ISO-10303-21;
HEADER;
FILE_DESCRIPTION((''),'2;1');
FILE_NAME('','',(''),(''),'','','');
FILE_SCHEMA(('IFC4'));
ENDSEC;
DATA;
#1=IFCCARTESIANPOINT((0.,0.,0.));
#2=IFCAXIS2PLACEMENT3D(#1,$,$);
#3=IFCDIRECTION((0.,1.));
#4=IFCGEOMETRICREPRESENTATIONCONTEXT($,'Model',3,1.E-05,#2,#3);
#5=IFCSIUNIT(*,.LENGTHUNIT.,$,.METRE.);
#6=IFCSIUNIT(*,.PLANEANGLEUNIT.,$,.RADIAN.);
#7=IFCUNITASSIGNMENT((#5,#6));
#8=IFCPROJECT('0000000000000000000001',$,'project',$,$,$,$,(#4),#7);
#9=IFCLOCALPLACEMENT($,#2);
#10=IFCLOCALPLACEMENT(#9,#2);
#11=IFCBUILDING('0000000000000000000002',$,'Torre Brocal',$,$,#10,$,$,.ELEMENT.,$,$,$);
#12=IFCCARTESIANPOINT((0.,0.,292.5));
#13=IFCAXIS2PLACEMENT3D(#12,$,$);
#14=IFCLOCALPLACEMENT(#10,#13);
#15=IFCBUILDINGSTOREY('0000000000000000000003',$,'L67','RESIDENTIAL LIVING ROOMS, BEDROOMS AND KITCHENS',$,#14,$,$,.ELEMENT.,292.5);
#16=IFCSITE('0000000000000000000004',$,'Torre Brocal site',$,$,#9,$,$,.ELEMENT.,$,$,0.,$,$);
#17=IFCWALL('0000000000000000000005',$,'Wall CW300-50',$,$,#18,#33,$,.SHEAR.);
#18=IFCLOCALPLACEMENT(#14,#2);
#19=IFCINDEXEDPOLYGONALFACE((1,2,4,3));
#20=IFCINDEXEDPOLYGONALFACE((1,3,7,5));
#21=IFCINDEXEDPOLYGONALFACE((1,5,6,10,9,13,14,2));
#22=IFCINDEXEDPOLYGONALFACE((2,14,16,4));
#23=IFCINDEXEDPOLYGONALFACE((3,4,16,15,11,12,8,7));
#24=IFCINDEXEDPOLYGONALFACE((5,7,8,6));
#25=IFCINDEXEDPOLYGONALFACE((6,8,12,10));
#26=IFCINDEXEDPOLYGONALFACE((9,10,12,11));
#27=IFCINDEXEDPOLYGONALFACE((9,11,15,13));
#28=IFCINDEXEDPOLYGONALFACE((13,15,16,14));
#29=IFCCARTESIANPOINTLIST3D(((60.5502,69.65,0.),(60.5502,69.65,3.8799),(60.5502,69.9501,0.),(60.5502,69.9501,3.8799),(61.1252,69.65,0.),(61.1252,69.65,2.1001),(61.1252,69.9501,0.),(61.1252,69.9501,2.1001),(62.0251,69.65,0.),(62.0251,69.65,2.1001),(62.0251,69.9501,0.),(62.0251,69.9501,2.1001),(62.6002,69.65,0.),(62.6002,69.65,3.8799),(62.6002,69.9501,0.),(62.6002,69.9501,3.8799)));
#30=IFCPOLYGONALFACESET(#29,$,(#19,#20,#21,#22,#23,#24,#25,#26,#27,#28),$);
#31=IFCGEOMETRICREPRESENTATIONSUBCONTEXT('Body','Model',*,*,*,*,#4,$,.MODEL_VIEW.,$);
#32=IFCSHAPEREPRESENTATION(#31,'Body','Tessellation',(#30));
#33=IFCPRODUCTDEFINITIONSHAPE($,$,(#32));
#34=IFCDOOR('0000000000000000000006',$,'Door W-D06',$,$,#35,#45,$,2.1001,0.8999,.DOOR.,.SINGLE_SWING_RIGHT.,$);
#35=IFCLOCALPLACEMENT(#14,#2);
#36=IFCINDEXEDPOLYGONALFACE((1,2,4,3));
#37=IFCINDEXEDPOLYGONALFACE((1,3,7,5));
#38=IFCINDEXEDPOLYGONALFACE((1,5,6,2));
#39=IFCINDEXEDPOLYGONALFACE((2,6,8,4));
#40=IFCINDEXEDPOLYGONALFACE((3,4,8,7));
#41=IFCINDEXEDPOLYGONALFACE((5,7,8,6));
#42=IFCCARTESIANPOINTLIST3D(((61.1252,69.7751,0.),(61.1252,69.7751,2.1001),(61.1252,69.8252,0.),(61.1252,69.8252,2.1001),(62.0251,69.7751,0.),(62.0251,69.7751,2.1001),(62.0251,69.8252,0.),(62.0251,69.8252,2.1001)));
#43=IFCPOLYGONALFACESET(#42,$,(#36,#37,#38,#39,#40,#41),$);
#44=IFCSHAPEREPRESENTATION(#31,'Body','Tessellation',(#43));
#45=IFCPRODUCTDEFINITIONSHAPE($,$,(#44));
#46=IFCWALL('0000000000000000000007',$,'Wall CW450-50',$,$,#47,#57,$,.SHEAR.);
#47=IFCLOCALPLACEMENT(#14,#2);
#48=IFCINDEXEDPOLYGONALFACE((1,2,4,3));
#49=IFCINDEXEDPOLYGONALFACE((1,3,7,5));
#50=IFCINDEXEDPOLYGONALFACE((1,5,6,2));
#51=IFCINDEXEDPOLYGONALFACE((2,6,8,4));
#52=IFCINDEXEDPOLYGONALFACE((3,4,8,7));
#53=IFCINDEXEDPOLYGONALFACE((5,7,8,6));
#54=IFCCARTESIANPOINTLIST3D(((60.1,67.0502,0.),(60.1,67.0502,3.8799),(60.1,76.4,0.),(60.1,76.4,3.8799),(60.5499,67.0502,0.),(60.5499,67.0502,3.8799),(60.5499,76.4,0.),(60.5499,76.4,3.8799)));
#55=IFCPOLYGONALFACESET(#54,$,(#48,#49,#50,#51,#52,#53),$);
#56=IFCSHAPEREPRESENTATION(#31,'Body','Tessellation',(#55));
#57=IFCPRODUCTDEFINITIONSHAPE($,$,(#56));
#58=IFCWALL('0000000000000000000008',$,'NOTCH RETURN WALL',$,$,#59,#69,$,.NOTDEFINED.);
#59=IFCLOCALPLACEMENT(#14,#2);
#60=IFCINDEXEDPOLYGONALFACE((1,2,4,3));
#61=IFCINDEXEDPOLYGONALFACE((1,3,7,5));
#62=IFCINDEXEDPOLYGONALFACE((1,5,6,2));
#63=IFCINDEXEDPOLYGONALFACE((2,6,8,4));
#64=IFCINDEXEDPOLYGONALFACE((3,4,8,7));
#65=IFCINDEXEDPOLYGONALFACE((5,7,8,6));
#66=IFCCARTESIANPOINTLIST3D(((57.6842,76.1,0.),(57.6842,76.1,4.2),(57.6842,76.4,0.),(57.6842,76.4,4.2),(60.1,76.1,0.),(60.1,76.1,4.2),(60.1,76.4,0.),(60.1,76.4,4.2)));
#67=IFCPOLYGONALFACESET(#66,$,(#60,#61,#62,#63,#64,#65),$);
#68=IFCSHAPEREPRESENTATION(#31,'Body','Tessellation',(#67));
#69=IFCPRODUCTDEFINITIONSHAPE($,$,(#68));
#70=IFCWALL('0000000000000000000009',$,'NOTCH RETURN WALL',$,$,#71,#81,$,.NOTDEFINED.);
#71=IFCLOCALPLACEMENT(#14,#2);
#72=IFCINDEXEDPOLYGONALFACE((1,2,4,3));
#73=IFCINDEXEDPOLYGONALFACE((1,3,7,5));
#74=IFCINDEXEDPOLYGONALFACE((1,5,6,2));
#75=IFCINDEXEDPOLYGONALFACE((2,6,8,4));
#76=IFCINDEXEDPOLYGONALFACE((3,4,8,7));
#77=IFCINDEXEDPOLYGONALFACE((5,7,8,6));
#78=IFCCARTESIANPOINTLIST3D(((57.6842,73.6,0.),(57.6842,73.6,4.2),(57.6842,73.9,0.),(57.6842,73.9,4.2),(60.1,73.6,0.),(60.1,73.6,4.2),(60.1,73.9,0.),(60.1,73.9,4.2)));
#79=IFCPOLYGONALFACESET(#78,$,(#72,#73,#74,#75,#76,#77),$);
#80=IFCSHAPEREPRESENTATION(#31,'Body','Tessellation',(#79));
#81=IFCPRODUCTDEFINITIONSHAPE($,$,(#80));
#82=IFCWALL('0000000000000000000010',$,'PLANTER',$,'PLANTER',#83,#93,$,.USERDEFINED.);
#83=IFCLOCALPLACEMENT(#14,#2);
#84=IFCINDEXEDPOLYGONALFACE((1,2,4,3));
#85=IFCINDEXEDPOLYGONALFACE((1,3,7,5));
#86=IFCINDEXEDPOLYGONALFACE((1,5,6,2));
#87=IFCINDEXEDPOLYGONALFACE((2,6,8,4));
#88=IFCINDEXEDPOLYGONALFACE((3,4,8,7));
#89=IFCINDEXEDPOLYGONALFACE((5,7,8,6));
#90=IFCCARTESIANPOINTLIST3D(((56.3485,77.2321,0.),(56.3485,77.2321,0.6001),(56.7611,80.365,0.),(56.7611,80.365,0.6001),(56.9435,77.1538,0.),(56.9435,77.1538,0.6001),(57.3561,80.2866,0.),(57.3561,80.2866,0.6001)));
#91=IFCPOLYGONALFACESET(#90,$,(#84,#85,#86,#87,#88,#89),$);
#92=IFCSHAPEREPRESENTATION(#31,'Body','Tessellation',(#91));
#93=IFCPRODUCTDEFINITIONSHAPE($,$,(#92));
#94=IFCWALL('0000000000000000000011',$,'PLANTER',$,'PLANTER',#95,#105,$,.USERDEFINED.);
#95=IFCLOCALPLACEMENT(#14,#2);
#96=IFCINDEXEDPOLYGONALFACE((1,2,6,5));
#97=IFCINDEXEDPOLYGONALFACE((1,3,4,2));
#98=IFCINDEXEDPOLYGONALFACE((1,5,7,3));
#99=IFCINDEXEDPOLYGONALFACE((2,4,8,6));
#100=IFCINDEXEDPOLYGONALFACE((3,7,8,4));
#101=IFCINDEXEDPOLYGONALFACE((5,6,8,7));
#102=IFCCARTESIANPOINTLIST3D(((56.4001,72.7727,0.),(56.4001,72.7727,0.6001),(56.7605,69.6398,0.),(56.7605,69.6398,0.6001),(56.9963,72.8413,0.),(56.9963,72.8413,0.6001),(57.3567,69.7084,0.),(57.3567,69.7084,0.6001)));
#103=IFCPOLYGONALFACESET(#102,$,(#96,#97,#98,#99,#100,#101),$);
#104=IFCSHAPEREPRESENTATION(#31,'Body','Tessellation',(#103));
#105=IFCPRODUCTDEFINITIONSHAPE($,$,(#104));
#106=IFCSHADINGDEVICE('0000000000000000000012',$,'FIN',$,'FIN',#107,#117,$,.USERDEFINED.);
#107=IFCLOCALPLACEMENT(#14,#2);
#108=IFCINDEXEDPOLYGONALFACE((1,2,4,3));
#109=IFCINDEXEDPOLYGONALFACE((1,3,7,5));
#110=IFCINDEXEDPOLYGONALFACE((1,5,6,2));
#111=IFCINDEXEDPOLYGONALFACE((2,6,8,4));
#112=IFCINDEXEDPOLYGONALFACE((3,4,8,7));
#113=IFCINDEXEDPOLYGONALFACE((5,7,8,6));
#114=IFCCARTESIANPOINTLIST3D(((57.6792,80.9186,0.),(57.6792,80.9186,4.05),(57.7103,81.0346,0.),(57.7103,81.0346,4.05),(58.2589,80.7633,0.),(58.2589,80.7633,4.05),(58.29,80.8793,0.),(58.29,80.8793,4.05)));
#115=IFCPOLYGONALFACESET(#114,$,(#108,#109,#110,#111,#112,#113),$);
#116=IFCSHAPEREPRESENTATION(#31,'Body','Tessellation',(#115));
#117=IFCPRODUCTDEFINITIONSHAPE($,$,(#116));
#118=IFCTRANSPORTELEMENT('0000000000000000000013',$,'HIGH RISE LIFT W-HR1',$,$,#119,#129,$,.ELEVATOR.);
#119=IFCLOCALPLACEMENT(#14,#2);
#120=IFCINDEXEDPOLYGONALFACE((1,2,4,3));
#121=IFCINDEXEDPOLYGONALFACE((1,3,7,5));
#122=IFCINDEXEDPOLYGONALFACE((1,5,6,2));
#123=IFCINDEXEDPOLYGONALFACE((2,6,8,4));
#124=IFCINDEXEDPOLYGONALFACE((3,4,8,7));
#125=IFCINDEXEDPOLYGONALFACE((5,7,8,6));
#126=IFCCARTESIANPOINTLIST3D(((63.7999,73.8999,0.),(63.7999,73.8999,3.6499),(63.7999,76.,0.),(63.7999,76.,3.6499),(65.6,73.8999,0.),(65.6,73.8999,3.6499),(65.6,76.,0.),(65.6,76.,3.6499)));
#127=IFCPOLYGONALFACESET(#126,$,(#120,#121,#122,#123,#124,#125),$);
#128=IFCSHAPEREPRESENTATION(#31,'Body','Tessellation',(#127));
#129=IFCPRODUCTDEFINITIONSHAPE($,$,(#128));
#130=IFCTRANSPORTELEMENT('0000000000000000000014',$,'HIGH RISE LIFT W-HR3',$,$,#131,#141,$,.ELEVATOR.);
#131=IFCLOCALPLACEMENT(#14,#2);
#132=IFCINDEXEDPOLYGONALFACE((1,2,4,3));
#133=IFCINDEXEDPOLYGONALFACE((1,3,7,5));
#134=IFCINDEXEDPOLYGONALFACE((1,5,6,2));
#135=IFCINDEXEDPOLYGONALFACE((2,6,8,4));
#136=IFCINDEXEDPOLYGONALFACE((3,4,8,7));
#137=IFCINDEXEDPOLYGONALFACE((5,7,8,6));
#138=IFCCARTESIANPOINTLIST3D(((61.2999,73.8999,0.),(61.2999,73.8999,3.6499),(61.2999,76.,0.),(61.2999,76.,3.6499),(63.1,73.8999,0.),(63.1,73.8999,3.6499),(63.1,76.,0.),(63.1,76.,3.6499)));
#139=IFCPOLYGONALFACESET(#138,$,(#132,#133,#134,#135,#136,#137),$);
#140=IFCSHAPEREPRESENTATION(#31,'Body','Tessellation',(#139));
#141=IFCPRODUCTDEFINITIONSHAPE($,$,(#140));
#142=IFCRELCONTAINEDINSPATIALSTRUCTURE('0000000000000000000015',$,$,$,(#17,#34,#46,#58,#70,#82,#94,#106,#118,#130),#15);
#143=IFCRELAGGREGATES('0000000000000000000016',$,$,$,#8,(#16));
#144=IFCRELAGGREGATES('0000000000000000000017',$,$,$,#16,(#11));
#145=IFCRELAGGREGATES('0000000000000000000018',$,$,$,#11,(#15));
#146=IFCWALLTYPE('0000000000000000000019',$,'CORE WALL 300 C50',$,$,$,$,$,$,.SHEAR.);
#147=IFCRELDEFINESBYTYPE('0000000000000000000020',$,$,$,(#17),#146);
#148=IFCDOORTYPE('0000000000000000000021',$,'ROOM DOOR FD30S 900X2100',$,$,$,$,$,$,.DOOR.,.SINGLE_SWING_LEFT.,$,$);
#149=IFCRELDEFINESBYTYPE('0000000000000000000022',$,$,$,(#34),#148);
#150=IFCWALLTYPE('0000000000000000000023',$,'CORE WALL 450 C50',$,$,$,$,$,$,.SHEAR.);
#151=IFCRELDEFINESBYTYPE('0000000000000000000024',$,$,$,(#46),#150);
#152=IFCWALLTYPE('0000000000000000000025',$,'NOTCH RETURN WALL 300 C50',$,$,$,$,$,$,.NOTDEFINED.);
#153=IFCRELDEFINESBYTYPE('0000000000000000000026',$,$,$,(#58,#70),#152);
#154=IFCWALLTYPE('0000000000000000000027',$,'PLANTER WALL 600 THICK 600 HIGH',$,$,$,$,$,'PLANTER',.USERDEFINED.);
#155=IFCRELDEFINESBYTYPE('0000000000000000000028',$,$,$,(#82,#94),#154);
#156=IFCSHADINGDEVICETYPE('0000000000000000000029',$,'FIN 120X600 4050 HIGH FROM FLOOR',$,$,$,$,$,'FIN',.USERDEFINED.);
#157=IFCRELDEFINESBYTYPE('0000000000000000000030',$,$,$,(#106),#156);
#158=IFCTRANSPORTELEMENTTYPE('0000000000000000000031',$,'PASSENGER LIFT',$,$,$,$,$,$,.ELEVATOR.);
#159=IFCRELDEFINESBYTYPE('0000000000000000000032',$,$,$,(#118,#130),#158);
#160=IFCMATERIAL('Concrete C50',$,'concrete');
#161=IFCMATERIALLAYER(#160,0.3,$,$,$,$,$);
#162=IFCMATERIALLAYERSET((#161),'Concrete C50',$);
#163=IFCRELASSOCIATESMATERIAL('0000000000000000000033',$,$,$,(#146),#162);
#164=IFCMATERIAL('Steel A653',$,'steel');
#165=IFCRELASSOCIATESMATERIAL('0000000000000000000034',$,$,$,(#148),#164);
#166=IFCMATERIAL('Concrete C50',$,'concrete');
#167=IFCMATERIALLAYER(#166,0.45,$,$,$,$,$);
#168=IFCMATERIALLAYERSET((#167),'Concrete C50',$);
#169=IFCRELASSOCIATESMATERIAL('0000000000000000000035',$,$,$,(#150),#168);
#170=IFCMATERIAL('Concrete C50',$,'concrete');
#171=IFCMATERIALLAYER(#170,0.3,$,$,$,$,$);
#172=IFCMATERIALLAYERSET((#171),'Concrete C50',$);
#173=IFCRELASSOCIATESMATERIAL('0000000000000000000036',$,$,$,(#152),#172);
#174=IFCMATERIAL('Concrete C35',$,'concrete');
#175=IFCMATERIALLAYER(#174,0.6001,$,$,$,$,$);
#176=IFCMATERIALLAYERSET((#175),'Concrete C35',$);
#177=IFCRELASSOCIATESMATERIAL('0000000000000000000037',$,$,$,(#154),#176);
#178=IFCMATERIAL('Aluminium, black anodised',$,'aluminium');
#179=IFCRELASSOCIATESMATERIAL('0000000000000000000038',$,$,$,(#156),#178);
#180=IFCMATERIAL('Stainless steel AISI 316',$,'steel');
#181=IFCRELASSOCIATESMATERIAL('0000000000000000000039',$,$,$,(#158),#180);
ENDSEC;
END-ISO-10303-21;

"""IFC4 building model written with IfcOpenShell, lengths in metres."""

from ifc_helpers import new_model, si_unit, direction, frame, frame_2d, origin, origin_2d, place, context, subcontext, project, spatial, rectangle, extrude, material, layer, layer_set, material_profile, profile_set, type_object, element, fill, save


model = new_model("IFC4")

# Units and contexts
model_context = context("Model", 3, precision=1e-05, world=origin(), true_north=direction((0.0, 1.0)))
body_context = subcontext(model_context, "Body", "Model", "MODEL_VIEW")
ifc_project = project(units=[si_unit("LENGTHUNIT", "METRE"), si_unit("PLANEANGLEUNIT", "RADIAN")], contexts=[model_context])

# Site, building, storey
site_placement = place(None, origin())
site = spatial("IfcSite", under=ifc_project, at=site_placement, Name="Torre Brocal site", CompositionType="ELEMENT", RefElevation=0.0)
building_placement = place(site_placement, origin())
building = spatial("IfcBuilding", under=site, at=building_placement, Name="Torre Brocal", CompositionType="ELEMENT")
storey_placement = place(building_placement, frame((0.0, 0.0, 292.5)))
storey = spatial("IfcBuildingStorey", under=building, at=storey_placement, Name="L67", Description="RESIDENTIAL LIVING ROOMS, BEDROOMS AND KITCHENS", CompositionType="ELEMENT", Elevation=292.5)

# Shared definitions
ifc_material_1 = material(Name="Concrete C50", Category="concrete")
ifc_layer_1 = layer(ifc_material_1, 0.3)
ifc_layer_set_1 = layer_set([ifc_layer_1], Name="Concrete C50")
wall_type_1 = type_object("IfcWallType", Name="CORE WALL 300 C50", PredefinedType="SHEAR", material=ifc_layer_set_1)

# Wall, opening, door
wall_1_placement = place(storey_placement, frame((62.6001, 69.8, 0.0), z_axis=(0.0, 0.0, 1.0), x_axis=(-1.0, 0.0, 0.0)))
wall_1 = element("IfcWall", 1, at=wall_1_placement, inside=storey, type_object=wall_type_1, Name="Wall CW300-50", PredefinedType="SHEAR", context=body_context, shape_type="SweptSolid", body=[
    extrude(rectangle(XDim=2.05, YDim=0.3, at=frame_2d((1.0249, 0.0))), origin(), (0.0, 0.0, 1.0), 3.8799),
])
opening_1_placement = place(wall_1_placement, frame((0.575, 0.0, 0.0)))
opening_1 = element("IfcOpeningElement", 2, at=opening_1_placement, cuts=wall_1, PredefinedType="OPENING", context=body_context, shape_type="SweptSolid", body=[
    extrude(rectangle(XDim=0.8999, YDim=2.1001, at=frame_2d((0.45, 1.05))), frame((0.0, 0.1599, 0.0), z_axis=(0.0, -1.0, 0.0), x_axis=(1.0, 0.0, 0.0)), (0.0, 0.0, 1.0), 0.3201),
])
ifc_material_2 = material(Name="Steel A653", Category="steel")
door_type_1 = type_object("IfcDoorType", Name="ROOM DOOR FD30S 900X2100", OperationType="SINGLE_SWING_LEFT", PredefinedType="DOOR", material=ifc_material_2)
door_1_placement = place(opening_1_placement, origin())
door_1 = element("IfcDoor", 3, at=door_1_placement, inside=storey, type_object=door_type_1, Name="Door W-D06", OperationType="SINGLE_SWING_RIGHT", OverallHeight=2.1001, OverallWidth=0.8999, PredefinedType="DOOR", context=body_context, shape_type="SweptSolid", body=[
    extrude(rectangle(XDim=0.8999, YDim=2.1001, at=frame_2d((0.45, 1.05))), frame((0.0, 0.0249, 0.0), z_axis=(0.0, -1.0, 0.0), x_axis=(1.0, 0.0, 0.0)), (0.0, 0.0, 1.0), 0.05),
])
fill(opening_1, door_1)

# Walls
ifc_material_3 = material(Name="Concrete C50", Category="concrete")
ifc_layer_2 = layer(ifc_material_3, 0.45)
ifc_layer_set_2 = layer_set([ifc_layer_2], Name="Concrete C50")
wall_type_2 = type_object("IfcWallType", Name="CORE WALL 450 C50", PredefinedType="SHEAR", material=ifc_layer_set_2)
wall_2_placement = place(storey_placement, frame((60.325, 76.3999, 0.0), z_axis=(0.0, 0.0, 1.0), x_axis=(0.0, -1.0, 0.0)))
element("IfcWall", 4, at=wall_2_placement, inside=storey, type_object=wall_type_2, Name="Wall CW450-50", PredefinedType="SHEAR", context=body_context, shape_type="SweptSolid", body=[
    extrude(rectangle(XDim=9.3499, YDim=0.45, at=frame_2d((4.6748, 0.0))), origin(), (0.0, 0.0, 1.0), 3.8799),
])
ifc_material_4 = material(Name="Concrete C50", Category="concrete")
ifc_layer_3 = layer(ifc_material_4, 0.3)
ifc_layer_set_3 = layer_set([ifc_layer_3], Name="Concrete C50")
wall_type_3 = type_object("IfcWallType", Name="NOTCH RETURN WALL 300 C50", PredefinedType="NOTDEFINED", material=ifc_layer_set_3)
for number, where, z_axis, x_axis, name in (
    (5, (60.1001, 76.25, 0.0), (0.0, 0.0, 1.0), (-1.0, 0.0, 0.0), "NOTCH RETURN WALL"),
    (6, (60.1001, 73.75, 0.0), (0.0, 0.0, 1.0), (-1.0, 0.0, 0.0), "NOTCH RETURN WALL"),
):
    element("IfcWall", number, at=place(storey_placement, frame(where, z_axis=z_axis, x_axis=x_axis)), inside=storey, type_object=wall_type_3, Name=name, PredefinedType="NOTDEFINED", context=body_context, shape_type="SweptSolid", body=[
        extrude(rectangle(XDim=2.4158, YDim=0.3, at=frame_2d((1.208, 0.0))), origin(), (0.0, 0.0, 1.0), 4.2),
    ])
ifc_material_5 = material(Name="Concrete C35", Category="concrete")
ifc_layer_4 = layer(ifc_material_5, 0.6001)
ifc_layer_set_4 = layer_set([ifc_layer_4], Name="Concrete C35")
wall_type_4 = type_object("IfcWallType", Name="PLANTER WALL 600 THICK 600 HIGH", ElementType="PLANTER", PredefinedType="USERDEFINED", material=ifc_layer_set_4)
wall_3_placement = place(storey_placement, frame((57.0586, 80.3259, 0.0), z_axis=(0.0, 0.0, 1.0), x_axis=(-0.130574, -0.991439, 0.0)))
element("IfcWall", 7, at=wall_3_placement, inside=storey, type_object=wall_type_4, Name="PLANTER", ObjectType="PLANTER", PredefinedType="USERDEFINED", context=body_context, shape_type="SweptSolid", body=[
    extrude(rectangle(XDim=3.1599, YDim=0.6001, at=frame_2d((1.5801, 0.0))), origin(), (0.0, 0.0, 1.0), 0.6001),
])
wall_4_placement = place(storey_placement, frame((56.6982, 72.8069, 0.0), z_axis=(0.0, 0.0, 1.0), x_axis=(0.114271, -0.99345, 0.0)))
element("IfcWall", 8, at=wall_4_placement, inside=storey, type_object=wall_type_4, Name="PLANTER", ObjectType="PLANTER", PredefinedType="USERDEFINED", context=body_context, shape_type="SweptSolid", body=[
    extrude(rectangle(XDim=3.1536, YDim=0.6001, at=frame_2d((1.5767, 0.0))), origin(), (0.0, 0.0, 1.0), 0.6001),
])

# Shading device
ifc_material_6 = material(Name="Aluminium, black anodised", Category="aluminium")
ifc_material_profile_1 = material_profile(ifc_material_6, rectangle(XDim=0.1201, YDim=0.6001, at=origin_2d()), Name="FIN 120X600 4050 HIGH FROM FLOOR")
ifc_profile_set_1 = profile_set([ifc_material_profile_1], Name="Aluminium, black anodised")
shading_device_type = type_object("IfcShadingDeviceType", Name="FIN 120X600 4050 HIGH FROM FLOOR", ElementType="FIN", PredefinedType="USERDEFINED", material=ifc_profile_set_1)
shading_device_placement = place(storey_placement, frame((57.9846, 80.8989, 0.0), z_axis=(0.0, 0.0, 1.0), x_axis=(-0.258819, -0.965926, 0.0)))
element("IfcShadingDevice", 9, at=shading_device_placement, inside=storey, type_object=shading_device_type, Name="FIN", ObjectType="FIN", PredefinedType="USERDEFINED", context=body_context, shape_type="SweptSolid", body=[
    extrude(rectangle(XDim=0.1201, YDim=0.6001, at=origin_2d()), origin(), (0.0, 0.0, 1.0), 4.05),
])

# Transport elements
ifc_material_7 = material(Name="Stainless steel AISI 316", Category="steel")
transport_element_type = type_object("IfcTransportElementType", Name="PASSENGER LIFT", PredefinedType="ELEVATOR", material=ifc_material_7)
for number, where, z_axis, x_axis, name in (
    (10, (64.7, 74.95, 0.0), (0.0, 0.0, 1.0), (1.0, 0.0, 0.0), "HIGH RISE LIFT W-HR1"),
    (11, (62.2, 74.95, 0.0), (0.0, 0.0, 1.0), (1.0, 0.0, 0.0), "HIGH RISE LIFT W-HR3"),
):
    element("IfcTransportElement", number, at=place(storey_placement, frame(where, z_axis=z_axis, x_axis=x_axis)), inside=storey, type_object=transport_element_type, Name=name, PredefinedType="ELEVATOR", context=body_context, shape_type="SweptSolid", body=[
        extrude(rectangle(XDim=1.8, YDim=2.1001, at=origin_2d()), origin(), (0.0, 0.0, 1.0), 3.6499),
    ])

save(model, "model.ifc")
